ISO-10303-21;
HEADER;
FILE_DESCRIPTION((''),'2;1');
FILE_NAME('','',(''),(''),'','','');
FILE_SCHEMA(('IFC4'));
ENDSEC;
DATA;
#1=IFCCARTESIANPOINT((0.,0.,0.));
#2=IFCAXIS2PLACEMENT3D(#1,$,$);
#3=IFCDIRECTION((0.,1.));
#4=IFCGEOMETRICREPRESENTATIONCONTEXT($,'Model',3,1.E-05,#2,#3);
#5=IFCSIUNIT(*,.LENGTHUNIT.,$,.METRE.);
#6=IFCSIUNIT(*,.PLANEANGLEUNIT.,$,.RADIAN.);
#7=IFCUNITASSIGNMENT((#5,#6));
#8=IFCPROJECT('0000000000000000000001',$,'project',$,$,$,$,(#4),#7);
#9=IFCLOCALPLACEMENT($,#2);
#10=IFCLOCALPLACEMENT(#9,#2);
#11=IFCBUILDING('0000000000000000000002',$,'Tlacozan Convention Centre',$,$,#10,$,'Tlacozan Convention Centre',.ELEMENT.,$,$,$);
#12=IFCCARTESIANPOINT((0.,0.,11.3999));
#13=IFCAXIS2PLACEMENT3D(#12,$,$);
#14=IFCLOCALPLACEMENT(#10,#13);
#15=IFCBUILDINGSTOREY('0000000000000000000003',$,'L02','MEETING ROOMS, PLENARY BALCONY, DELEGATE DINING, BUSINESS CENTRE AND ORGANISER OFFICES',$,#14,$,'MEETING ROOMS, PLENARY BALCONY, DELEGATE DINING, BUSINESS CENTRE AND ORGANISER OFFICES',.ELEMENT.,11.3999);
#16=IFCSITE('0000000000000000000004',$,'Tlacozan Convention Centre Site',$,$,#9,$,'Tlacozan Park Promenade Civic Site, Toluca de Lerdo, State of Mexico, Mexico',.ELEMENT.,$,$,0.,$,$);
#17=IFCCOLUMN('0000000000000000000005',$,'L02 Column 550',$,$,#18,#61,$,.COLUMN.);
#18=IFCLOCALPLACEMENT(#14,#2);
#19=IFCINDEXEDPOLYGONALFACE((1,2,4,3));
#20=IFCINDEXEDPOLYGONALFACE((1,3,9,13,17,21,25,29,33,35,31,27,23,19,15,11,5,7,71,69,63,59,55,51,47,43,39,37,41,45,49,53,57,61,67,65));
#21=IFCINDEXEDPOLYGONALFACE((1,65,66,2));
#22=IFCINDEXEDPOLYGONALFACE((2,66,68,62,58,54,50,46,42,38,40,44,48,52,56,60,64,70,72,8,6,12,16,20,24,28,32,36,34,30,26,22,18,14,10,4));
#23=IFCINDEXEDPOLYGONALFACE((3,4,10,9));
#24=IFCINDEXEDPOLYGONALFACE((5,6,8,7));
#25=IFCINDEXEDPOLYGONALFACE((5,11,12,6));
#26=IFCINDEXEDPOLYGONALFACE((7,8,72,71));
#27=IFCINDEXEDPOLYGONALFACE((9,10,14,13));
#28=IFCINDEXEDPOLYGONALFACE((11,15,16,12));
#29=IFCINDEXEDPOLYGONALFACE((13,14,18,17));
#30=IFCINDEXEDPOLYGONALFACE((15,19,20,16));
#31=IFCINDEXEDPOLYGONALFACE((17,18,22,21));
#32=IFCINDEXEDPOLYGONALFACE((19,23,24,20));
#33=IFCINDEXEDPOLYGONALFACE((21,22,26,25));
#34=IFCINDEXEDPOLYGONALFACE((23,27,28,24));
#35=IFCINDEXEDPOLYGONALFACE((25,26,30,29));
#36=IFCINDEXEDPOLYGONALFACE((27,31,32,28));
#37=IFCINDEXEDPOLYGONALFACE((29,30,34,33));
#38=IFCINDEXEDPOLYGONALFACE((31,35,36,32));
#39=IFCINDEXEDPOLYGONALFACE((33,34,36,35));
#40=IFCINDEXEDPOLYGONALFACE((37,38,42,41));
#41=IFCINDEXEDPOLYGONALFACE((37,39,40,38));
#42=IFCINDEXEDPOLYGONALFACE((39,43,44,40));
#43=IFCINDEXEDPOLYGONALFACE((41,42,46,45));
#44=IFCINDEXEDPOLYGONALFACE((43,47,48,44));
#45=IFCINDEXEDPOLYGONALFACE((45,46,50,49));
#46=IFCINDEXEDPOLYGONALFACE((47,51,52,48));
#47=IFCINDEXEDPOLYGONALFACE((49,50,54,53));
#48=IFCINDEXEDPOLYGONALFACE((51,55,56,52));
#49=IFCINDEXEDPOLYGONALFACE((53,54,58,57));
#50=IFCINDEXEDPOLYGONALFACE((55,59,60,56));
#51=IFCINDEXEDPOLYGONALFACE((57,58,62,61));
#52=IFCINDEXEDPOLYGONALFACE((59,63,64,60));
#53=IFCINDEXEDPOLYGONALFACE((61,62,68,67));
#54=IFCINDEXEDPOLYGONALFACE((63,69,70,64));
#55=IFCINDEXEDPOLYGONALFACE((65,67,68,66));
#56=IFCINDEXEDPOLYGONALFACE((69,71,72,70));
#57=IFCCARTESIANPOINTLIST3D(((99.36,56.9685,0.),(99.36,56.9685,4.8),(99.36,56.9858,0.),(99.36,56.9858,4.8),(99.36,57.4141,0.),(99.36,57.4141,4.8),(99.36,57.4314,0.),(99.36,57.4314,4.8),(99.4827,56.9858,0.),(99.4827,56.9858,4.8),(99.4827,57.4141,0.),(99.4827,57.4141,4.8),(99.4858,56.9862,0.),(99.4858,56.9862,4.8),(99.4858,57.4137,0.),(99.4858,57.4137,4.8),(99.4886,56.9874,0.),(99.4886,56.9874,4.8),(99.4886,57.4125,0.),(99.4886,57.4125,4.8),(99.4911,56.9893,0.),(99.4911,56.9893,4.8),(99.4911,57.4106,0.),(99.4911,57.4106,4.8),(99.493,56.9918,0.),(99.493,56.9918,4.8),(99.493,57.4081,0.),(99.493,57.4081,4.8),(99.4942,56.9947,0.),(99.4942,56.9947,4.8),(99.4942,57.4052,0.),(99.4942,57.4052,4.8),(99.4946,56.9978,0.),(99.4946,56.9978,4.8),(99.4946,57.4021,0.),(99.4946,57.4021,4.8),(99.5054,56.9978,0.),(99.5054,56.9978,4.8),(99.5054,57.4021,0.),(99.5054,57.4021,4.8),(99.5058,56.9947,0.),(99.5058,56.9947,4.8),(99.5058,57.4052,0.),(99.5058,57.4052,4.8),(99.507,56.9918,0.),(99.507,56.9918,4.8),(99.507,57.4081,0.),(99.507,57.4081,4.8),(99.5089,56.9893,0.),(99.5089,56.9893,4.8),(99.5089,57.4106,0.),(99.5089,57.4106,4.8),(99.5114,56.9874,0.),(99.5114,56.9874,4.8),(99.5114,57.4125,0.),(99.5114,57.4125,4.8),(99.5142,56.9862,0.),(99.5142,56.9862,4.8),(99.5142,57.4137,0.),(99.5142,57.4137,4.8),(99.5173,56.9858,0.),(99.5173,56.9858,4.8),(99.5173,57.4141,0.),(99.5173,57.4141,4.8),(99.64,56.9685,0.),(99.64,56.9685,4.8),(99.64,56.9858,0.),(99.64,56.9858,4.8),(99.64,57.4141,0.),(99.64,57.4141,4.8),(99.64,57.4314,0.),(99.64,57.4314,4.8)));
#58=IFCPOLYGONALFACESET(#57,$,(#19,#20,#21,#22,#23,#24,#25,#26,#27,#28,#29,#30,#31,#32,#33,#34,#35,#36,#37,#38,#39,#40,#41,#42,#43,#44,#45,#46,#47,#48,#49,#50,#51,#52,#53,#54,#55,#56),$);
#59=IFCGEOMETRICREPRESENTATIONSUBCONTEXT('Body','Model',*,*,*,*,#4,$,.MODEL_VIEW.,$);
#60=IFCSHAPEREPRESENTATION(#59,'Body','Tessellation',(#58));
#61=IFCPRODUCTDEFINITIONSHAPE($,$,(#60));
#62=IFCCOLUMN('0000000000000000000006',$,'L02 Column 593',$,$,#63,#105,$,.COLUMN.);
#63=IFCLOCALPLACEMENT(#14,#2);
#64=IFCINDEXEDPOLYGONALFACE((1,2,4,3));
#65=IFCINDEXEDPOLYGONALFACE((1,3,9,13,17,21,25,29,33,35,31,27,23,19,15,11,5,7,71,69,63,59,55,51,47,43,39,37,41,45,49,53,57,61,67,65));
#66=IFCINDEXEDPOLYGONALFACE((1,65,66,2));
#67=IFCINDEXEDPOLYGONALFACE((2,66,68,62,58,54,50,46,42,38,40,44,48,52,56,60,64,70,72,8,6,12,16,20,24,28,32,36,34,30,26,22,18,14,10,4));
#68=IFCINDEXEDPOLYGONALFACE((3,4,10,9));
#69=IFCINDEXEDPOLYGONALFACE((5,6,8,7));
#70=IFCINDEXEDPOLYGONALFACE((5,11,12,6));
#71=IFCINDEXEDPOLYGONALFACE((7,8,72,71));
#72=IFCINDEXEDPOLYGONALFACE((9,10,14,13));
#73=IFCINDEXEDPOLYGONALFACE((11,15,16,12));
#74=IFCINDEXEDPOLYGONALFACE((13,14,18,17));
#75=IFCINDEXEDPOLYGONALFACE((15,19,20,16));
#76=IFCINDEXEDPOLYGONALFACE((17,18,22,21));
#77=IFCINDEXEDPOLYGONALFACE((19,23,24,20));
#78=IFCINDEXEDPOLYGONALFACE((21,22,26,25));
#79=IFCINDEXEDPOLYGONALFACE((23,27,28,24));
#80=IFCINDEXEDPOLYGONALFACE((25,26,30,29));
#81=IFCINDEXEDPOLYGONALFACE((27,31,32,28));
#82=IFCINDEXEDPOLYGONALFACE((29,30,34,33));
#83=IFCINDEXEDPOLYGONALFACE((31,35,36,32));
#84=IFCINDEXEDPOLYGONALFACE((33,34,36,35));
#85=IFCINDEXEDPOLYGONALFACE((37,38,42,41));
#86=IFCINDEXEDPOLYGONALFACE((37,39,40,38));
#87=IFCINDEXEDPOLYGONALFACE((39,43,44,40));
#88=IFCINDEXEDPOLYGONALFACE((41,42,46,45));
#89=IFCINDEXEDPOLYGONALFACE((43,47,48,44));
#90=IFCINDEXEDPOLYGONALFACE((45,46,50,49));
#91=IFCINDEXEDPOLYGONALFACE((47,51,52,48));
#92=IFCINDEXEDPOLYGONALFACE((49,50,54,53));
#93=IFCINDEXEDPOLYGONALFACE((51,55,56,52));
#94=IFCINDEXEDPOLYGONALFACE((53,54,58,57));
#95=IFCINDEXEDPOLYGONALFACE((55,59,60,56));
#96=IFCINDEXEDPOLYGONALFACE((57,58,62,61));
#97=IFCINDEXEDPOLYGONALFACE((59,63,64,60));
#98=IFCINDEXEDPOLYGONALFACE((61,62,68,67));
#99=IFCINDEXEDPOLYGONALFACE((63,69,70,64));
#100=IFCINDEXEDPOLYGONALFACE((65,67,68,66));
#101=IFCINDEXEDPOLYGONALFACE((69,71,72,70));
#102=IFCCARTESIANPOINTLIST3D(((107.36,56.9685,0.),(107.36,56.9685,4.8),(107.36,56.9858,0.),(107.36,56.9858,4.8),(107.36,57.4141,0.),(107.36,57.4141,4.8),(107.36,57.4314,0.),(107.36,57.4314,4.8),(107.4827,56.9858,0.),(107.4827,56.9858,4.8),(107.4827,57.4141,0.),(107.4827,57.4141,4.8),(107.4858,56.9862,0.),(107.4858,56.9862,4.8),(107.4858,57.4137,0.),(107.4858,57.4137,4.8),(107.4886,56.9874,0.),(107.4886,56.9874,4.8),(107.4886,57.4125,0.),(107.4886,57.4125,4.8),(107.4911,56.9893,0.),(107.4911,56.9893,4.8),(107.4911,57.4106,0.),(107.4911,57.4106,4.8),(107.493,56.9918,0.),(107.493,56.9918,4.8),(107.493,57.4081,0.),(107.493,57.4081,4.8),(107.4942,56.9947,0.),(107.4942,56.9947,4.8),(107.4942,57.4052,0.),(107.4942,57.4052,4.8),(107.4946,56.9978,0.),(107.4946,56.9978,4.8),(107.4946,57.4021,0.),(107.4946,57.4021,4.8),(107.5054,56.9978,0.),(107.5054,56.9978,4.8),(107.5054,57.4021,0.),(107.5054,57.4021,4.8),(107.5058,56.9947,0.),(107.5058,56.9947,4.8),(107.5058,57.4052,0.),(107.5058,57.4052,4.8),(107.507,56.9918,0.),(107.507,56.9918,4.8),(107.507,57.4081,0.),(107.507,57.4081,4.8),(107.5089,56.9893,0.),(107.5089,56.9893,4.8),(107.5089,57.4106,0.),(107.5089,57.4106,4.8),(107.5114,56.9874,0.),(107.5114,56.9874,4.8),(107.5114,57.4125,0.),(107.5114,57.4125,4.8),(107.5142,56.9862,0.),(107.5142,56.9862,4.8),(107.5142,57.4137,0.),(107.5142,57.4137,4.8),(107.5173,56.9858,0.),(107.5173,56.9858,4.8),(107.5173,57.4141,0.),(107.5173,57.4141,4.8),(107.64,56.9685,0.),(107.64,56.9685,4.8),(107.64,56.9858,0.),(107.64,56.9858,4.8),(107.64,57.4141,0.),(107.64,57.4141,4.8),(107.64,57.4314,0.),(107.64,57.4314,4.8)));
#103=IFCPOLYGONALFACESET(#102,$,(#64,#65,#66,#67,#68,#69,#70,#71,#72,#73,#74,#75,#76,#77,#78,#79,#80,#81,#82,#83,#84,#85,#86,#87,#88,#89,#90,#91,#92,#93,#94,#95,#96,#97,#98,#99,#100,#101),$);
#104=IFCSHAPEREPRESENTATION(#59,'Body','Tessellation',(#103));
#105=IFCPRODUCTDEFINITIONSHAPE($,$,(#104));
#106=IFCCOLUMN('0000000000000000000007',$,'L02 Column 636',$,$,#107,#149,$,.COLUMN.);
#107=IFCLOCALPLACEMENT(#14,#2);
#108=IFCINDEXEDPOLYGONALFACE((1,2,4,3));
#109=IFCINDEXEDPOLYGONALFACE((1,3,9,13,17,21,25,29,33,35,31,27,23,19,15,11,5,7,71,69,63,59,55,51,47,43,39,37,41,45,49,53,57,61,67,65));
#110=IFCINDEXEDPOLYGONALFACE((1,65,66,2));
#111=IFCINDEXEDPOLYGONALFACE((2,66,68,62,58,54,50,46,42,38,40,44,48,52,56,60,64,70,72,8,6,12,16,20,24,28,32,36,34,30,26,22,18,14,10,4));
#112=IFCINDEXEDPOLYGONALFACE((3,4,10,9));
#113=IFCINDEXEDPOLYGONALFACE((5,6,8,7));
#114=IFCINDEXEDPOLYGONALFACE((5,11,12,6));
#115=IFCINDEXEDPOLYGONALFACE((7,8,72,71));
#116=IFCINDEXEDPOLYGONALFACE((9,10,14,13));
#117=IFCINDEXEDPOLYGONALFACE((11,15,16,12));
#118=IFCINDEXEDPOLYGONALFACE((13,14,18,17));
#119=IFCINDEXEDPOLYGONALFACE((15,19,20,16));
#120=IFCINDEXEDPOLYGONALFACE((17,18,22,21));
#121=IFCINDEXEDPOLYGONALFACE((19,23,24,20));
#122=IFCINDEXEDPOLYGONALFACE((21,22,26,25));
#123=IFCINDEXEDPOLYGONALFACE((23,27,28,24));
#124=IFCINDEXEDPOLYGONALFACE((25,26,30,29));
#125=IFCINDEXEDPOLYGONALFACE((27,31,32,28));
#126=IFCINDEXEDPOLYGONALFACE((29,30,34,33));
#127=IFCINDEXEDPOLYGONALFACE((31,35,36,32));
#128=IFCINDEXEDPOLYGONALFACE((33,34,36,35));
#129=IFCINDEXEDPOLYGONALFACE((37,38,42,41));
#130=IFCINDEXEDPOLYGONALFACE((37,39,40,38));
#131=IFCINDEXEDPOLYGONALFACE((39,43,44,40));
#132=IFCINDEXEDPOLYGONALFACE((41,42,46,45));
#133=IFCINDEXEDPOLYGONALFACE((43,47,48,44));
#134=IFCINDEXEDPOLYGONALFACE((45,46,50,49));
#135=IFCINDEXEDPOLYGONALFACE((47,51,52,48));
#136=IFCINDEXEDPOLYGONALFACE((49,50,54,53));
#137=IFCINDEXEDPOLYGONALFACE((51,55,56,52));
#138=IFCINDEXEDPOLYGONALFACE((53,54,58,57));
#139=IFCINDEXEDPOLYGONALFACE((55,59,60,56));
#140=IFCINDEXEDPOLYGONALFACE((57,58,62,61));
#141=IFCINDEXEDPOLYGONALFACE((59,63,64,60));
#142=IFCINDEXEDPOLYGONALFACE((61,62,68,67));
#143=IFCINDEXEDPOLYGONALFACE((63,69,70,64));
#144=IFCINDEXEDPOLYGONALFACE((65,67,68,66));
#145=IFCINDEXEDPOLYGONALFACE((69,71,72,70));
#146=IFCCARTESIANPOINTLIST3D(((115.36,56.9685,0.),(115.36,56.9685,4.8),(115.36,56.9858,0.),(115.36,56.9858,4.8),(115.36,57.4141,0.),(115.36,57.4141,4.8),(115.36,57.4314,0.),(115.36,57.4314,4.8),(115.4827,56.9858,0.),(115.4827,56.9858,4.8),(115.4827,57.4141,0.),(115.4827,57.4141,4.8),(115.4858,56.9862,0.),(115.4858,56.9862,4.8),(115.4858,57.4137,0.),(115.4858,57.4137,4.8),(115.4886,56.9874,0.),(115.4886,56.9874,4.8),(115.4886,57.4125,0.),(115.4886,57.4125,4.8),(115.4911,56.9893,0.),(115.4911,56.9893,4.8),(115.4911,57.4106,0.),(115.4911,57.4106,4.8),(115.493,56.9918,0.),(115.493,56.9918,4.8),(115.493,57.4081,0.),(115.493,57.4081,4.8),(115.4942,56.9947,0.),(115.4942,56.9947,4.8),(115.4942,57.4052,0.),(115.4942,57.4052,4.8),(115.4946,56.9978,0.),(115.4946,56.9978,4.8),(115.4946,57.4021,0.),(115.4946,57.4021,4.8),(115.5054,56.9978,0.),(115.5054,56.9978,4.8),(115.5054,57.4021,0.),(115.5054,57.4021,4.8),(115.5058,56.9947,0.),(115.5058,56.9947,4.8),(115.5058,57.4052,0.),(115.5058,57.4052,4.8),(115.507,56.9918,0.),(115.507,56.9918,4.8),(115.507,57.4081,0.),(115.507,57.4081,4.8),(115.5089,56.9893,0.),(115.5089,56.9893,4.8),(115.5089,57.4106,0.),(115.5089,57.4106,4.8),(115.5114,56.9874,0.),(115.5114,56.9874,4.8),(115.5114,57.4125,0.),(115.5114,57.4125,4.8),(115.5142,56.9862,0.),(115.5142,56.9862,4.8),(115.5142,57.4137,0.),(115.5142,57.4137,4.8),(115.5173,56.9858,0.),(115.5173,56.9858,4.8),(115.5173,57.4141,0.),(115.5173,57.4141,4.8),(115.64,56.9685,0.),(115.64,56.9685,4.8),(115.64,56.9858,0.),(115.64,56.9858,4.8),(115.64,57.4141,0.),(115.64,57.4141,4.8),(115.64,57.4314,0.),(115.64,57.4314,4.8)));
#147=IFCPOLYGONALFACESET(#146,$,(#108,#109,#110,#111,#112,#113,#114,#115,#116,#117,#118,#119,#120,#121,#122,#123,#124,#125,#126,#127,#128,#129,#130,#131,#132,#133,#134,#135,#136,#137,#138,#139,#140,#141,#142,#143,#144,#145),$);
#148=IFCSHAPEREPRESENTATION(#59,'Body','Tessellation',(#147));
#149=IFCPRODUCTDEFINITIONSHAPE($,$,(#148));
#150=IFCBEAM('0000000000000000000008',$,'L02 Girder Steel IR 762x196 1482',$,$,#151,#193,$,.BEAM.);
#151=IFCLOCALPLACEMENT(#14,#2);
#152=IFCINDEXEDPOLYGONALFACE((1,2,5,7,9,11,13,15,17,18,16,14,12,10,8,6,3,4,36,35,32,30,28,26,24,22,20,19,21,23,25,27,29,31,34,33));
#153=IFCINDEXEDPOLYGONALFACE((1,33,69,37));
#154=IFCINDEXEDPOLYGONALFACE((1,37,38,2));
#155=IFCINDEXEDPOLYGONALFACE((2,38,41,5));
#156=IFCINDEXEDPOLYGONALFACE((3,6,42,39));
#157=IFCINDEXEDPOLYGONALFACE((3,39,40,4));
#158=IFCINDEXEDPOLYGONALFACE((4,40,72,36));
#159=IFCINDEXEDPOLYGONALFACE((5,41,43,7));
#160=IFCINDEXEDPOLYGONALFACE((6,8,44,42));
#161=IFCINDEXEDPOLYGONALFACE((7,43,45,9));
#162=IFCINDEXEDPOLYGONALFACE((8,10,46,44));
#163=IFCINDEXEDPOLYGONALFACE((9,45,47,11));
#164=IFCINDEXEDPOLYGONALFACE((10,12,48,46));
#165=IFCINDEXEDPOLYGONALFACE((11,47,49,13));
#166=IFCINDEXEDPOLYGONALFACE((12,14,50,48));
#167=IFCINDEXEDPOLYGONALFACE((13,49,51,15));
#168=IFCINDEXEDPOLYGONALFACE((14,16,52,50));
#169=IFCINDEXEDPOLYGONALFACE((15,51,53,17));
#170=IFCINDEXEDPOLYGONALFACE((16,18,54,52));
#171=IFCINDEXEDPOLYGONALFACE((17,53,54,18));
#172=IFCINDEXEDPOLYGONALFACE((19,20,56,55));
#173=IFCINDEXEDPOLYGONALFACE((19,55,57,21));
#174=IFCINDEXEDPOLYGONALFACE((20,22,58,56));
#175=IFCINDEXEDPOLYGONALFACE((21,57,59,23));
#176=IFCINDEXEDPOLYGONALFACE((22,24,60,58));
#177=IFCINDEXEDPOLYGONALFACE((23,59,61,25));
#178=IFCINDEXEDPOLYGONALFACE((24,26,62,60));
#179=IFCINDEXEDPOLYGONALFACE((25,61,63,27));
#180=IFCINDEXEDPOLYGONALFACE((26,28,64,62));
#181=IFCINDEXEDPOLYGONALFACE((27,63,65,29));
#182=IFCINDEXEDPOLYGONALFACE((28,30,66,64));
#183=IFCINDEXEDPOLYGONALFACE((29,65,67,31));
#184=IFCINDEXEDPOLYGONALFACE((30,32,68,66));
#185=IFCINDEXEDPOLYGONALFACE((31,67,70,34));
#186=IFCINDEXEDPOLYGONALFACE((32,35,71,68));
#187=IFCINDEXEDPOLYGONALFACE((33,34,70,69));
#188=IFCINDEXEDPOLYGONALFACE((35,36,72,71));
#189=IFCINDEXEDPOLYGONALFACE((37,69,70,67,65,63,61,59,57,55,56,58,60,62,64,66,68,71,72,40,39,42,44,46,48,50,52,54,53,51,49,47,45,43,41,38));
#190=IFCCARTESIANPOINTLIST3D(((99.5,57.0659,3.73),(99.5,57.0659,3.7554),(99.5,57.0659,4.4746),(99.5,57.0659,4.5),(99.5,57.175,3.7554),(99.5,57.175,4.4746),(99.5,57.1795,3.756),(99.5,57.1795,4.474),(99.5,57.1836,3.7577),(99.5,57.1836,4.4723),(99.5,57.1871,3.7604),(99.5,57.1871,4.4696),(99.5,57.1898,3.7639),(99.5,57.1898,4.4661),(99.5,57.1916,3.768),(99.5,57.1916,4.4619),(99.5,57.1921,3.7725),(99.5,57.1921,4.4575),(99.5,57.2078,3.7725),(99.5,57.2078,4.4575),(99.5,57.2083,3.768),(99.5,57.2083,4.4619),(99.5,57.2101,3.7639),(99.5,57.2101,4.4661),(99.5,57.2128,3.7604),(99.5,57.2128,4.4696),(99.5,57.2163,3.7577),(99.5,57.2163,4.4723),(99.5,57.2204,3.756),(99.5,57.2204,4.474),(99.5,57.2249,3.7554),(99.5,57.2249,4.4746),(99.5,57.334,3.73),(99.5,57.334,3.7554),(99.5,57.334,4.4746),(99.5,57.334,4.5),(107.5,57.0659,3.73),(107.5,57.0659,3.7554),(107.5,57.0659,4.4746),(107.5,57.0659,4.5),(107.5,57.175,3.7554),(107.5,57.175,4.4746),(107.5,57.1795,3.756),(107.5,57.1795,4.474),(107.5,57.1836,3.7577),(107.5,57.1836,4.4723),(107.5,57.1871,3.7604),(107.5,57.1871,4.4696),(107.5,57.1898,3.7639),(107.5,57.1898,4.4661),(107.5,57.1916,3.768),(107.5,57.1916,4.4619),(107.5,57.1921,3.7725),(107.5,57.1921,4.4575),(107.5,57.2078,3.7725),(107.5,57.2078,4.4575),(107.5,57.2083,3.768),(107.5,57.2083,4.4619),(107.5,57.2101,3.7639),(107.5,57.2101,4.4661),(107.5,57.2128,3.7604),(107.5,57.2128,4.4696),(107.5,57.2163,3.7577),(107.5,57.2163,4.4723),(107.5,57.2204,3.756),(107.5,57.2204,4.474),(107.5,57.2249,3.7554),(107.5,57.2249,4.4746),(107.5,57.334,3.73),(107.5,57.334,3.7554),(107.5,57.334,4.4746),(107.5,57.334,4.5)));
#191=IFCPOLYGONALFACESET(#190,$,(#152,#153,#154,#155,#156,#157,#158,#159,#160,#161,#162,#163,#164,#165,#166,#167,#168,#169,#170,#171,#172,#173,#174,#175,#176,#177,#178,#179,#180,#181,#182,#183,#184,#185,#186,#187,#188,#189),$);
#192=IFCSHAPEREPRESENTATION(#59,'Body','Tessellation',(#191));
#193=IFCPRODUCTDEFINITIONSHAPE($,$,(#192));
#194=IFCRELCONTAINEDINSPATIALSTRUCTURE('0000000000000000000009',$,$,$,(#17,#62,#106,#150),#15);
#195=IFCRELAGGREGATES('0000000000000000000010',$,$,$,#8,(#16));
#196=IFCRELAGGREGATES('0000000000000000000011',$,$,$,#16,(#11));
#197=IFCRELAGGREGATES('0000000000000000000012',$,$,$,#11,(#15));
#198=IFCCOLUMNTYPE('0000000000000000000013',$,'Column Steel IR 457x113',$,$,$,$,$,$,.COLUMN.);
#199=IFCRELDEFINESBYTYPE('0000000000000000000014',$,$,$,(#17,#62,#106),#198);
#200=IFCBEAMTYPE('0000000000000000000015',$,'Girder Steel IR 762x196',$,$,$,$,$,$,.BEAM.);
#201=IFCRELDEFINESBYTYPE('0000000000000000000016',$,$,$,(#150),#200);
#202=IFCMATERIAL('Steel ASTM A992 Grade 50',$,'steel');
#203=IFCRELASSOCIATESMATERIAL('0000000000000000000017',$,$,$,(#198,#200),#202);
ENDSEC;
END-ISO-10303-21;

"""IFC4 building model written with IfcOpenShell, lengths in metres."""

from ifc_helpers import new_model, si_unit, direction, frame, origin, origin_2d, place, context, subcontext, project, spatial, i_section, extrude, material, material_profile, profile_set, type_object, element, save


model = new_model("IFC4")

# Units and contexts
model_context = context("Model", 3, precision=1e-05, world=origin(), true_north=direction((0.0, 1.0)))
body_context = subcontext(model_context, "Body", "Model", "MODEL_VIEW")
ifc_project = project(units=[si_unit("LENGTHUNIT", "METRE"), si_unit("PLANEANGLEUNIT", "RADIAN")], contexts=[model_context])

# Site, building, storey
site_placement = place(None, origin())
site = spatial("IfcSite", under=ifc_project, at=site_placement, Name="Tlacozan Convention Centre Site", LongName="Tlacozan Park Promenade Civic Site, Toluca de Lerdo, State of Mexico, Mexico", CompositionType="ELEMENT", RefElevation=0.0)
building_placement = place(site_placement, origin())
building = spatial("IfcBuilding", under=site, at=building_placement, Name="Tlacozan Convention Centre", LongName="Tlacozan Convention Centre", CompositionType="ELEMENT")
storey_placement = place(building_placement, frame((0.0, 0.0, 11.3999)))
storey = spatial("IfcBuildingStorey", under=building, at=storey_placement, Name="L02", Description="MEETING ROOMS, PLENARY BALCONY, DELEGATE DINING, BUSINESS CENTRE AND ORGANISER OFFICES", LongName="MEETING ROOMS, PLENARY BALCONY, DELEGATE DINING, BUSINESS CENTRE AND ORGANISER OFFICES", CompositionType="ELEMENT", Elevation=11.3999)

# Columns
ifc_material_1 = material(Name="Steel ASTM A992 Grade 50", Category="steel")
ifc_material_profile_1 = material_profile(ifc_material_1, i_section(OverallWidth=0.28, OverallDepth=0.4629, WebThickness=0.0107, FlangeThickness=0.0173, FilletRadius=0.012, at=origin_2d()), Name="IR 457x113.0")
ifc_profile_set_1 = profile_set([ifc_material_profile_1], Name="Steel ASTM A992 Grade 50")
column_type = type_object("IfcColumnType", Name="Column Steel IR 457x113", PredefinedType="COLUMN", material=ifc_profile_set_1)
for number, where, z_axis, x_axis, name in (
    (1, (99.5, 57.2, 0.0), (0.0, 0.0, 1.0), (1.0, 0.0, 0.0), "L02 Column 550"),
    (2, (107.5, 57.2, 0.0), (0.0, 0.0, 1.0), (1.0, 0.0, 0.0), "L02 Column 593"),
    (3, (115.5, 57.2, 0.0), (0.0, 0.0, 1.0), (1.0, 0.0, 0.0), "L02 Column 636"),
):
    element("IfcColumn", number, at=place(storey_placement, frame(where, z_axis=z_axis, x_axis=x_axis)), inside=storey, type_object=column_type, Name=name, PredefinedType="COLUMN", context=body_context, shape_type="SweptSolid", body=[
        extrude(i_section(OverallWidth=0.28, OverallDepth=0.4629, WebThickness=0.0107, FlangeThickness=0.0173, FilletRadius=0.012, at=origin_2d()), origin(), (0.0, 0.0, 1.0), 4.8),
    ])

# Beam
ifc_material_profile_2 = material_profile(ifc_material_1, i_section(OverallWidth=0.2681, OverallDepth=0.77, WebThickness=0.0156, FlangeThickness=0.0254, FilletRadius=0.0171, at=origin_2d()), Name="IR 762x196.0")
ifc_profile_set_2 = profile_set([ifc_material_profile_2], Name="Steel ASTM A992 Grade 50")
beam_type = type_object("IfcBeamType", Name="Girder Steel IR 762x196", PredefinedType="BEAM", material=ifc_profile_set_2)
for number, where, z_axis, x_axis, name in (
    (4, (99.5, 57.2, 4.115), (1.0, 0.0, 0.0), (0.0, 1.0, 0.0), "L02 Girder Steel IR 762x196 1482"),
):
    element("IfcBeam", number, at=place(storey_placement, frame(where, z_axis=z_axis, x_axis=x_axis)), inside=storey, type_object=beam_type, Name=name, PredefinedType="BEAM", context=body_context, shape_type="SweptSolid", body=[
        extrude(i_section(OverallWidth=0.2681, OverallDepth=0.77, WebThickness=0.0156, FlangeThickness=0.0254, FilletRadius=0.0171, at=origin_2d()), origin(), (0.0, 0.0, 1.0), 8.0),
    ])

save(model, "model.ifc")
